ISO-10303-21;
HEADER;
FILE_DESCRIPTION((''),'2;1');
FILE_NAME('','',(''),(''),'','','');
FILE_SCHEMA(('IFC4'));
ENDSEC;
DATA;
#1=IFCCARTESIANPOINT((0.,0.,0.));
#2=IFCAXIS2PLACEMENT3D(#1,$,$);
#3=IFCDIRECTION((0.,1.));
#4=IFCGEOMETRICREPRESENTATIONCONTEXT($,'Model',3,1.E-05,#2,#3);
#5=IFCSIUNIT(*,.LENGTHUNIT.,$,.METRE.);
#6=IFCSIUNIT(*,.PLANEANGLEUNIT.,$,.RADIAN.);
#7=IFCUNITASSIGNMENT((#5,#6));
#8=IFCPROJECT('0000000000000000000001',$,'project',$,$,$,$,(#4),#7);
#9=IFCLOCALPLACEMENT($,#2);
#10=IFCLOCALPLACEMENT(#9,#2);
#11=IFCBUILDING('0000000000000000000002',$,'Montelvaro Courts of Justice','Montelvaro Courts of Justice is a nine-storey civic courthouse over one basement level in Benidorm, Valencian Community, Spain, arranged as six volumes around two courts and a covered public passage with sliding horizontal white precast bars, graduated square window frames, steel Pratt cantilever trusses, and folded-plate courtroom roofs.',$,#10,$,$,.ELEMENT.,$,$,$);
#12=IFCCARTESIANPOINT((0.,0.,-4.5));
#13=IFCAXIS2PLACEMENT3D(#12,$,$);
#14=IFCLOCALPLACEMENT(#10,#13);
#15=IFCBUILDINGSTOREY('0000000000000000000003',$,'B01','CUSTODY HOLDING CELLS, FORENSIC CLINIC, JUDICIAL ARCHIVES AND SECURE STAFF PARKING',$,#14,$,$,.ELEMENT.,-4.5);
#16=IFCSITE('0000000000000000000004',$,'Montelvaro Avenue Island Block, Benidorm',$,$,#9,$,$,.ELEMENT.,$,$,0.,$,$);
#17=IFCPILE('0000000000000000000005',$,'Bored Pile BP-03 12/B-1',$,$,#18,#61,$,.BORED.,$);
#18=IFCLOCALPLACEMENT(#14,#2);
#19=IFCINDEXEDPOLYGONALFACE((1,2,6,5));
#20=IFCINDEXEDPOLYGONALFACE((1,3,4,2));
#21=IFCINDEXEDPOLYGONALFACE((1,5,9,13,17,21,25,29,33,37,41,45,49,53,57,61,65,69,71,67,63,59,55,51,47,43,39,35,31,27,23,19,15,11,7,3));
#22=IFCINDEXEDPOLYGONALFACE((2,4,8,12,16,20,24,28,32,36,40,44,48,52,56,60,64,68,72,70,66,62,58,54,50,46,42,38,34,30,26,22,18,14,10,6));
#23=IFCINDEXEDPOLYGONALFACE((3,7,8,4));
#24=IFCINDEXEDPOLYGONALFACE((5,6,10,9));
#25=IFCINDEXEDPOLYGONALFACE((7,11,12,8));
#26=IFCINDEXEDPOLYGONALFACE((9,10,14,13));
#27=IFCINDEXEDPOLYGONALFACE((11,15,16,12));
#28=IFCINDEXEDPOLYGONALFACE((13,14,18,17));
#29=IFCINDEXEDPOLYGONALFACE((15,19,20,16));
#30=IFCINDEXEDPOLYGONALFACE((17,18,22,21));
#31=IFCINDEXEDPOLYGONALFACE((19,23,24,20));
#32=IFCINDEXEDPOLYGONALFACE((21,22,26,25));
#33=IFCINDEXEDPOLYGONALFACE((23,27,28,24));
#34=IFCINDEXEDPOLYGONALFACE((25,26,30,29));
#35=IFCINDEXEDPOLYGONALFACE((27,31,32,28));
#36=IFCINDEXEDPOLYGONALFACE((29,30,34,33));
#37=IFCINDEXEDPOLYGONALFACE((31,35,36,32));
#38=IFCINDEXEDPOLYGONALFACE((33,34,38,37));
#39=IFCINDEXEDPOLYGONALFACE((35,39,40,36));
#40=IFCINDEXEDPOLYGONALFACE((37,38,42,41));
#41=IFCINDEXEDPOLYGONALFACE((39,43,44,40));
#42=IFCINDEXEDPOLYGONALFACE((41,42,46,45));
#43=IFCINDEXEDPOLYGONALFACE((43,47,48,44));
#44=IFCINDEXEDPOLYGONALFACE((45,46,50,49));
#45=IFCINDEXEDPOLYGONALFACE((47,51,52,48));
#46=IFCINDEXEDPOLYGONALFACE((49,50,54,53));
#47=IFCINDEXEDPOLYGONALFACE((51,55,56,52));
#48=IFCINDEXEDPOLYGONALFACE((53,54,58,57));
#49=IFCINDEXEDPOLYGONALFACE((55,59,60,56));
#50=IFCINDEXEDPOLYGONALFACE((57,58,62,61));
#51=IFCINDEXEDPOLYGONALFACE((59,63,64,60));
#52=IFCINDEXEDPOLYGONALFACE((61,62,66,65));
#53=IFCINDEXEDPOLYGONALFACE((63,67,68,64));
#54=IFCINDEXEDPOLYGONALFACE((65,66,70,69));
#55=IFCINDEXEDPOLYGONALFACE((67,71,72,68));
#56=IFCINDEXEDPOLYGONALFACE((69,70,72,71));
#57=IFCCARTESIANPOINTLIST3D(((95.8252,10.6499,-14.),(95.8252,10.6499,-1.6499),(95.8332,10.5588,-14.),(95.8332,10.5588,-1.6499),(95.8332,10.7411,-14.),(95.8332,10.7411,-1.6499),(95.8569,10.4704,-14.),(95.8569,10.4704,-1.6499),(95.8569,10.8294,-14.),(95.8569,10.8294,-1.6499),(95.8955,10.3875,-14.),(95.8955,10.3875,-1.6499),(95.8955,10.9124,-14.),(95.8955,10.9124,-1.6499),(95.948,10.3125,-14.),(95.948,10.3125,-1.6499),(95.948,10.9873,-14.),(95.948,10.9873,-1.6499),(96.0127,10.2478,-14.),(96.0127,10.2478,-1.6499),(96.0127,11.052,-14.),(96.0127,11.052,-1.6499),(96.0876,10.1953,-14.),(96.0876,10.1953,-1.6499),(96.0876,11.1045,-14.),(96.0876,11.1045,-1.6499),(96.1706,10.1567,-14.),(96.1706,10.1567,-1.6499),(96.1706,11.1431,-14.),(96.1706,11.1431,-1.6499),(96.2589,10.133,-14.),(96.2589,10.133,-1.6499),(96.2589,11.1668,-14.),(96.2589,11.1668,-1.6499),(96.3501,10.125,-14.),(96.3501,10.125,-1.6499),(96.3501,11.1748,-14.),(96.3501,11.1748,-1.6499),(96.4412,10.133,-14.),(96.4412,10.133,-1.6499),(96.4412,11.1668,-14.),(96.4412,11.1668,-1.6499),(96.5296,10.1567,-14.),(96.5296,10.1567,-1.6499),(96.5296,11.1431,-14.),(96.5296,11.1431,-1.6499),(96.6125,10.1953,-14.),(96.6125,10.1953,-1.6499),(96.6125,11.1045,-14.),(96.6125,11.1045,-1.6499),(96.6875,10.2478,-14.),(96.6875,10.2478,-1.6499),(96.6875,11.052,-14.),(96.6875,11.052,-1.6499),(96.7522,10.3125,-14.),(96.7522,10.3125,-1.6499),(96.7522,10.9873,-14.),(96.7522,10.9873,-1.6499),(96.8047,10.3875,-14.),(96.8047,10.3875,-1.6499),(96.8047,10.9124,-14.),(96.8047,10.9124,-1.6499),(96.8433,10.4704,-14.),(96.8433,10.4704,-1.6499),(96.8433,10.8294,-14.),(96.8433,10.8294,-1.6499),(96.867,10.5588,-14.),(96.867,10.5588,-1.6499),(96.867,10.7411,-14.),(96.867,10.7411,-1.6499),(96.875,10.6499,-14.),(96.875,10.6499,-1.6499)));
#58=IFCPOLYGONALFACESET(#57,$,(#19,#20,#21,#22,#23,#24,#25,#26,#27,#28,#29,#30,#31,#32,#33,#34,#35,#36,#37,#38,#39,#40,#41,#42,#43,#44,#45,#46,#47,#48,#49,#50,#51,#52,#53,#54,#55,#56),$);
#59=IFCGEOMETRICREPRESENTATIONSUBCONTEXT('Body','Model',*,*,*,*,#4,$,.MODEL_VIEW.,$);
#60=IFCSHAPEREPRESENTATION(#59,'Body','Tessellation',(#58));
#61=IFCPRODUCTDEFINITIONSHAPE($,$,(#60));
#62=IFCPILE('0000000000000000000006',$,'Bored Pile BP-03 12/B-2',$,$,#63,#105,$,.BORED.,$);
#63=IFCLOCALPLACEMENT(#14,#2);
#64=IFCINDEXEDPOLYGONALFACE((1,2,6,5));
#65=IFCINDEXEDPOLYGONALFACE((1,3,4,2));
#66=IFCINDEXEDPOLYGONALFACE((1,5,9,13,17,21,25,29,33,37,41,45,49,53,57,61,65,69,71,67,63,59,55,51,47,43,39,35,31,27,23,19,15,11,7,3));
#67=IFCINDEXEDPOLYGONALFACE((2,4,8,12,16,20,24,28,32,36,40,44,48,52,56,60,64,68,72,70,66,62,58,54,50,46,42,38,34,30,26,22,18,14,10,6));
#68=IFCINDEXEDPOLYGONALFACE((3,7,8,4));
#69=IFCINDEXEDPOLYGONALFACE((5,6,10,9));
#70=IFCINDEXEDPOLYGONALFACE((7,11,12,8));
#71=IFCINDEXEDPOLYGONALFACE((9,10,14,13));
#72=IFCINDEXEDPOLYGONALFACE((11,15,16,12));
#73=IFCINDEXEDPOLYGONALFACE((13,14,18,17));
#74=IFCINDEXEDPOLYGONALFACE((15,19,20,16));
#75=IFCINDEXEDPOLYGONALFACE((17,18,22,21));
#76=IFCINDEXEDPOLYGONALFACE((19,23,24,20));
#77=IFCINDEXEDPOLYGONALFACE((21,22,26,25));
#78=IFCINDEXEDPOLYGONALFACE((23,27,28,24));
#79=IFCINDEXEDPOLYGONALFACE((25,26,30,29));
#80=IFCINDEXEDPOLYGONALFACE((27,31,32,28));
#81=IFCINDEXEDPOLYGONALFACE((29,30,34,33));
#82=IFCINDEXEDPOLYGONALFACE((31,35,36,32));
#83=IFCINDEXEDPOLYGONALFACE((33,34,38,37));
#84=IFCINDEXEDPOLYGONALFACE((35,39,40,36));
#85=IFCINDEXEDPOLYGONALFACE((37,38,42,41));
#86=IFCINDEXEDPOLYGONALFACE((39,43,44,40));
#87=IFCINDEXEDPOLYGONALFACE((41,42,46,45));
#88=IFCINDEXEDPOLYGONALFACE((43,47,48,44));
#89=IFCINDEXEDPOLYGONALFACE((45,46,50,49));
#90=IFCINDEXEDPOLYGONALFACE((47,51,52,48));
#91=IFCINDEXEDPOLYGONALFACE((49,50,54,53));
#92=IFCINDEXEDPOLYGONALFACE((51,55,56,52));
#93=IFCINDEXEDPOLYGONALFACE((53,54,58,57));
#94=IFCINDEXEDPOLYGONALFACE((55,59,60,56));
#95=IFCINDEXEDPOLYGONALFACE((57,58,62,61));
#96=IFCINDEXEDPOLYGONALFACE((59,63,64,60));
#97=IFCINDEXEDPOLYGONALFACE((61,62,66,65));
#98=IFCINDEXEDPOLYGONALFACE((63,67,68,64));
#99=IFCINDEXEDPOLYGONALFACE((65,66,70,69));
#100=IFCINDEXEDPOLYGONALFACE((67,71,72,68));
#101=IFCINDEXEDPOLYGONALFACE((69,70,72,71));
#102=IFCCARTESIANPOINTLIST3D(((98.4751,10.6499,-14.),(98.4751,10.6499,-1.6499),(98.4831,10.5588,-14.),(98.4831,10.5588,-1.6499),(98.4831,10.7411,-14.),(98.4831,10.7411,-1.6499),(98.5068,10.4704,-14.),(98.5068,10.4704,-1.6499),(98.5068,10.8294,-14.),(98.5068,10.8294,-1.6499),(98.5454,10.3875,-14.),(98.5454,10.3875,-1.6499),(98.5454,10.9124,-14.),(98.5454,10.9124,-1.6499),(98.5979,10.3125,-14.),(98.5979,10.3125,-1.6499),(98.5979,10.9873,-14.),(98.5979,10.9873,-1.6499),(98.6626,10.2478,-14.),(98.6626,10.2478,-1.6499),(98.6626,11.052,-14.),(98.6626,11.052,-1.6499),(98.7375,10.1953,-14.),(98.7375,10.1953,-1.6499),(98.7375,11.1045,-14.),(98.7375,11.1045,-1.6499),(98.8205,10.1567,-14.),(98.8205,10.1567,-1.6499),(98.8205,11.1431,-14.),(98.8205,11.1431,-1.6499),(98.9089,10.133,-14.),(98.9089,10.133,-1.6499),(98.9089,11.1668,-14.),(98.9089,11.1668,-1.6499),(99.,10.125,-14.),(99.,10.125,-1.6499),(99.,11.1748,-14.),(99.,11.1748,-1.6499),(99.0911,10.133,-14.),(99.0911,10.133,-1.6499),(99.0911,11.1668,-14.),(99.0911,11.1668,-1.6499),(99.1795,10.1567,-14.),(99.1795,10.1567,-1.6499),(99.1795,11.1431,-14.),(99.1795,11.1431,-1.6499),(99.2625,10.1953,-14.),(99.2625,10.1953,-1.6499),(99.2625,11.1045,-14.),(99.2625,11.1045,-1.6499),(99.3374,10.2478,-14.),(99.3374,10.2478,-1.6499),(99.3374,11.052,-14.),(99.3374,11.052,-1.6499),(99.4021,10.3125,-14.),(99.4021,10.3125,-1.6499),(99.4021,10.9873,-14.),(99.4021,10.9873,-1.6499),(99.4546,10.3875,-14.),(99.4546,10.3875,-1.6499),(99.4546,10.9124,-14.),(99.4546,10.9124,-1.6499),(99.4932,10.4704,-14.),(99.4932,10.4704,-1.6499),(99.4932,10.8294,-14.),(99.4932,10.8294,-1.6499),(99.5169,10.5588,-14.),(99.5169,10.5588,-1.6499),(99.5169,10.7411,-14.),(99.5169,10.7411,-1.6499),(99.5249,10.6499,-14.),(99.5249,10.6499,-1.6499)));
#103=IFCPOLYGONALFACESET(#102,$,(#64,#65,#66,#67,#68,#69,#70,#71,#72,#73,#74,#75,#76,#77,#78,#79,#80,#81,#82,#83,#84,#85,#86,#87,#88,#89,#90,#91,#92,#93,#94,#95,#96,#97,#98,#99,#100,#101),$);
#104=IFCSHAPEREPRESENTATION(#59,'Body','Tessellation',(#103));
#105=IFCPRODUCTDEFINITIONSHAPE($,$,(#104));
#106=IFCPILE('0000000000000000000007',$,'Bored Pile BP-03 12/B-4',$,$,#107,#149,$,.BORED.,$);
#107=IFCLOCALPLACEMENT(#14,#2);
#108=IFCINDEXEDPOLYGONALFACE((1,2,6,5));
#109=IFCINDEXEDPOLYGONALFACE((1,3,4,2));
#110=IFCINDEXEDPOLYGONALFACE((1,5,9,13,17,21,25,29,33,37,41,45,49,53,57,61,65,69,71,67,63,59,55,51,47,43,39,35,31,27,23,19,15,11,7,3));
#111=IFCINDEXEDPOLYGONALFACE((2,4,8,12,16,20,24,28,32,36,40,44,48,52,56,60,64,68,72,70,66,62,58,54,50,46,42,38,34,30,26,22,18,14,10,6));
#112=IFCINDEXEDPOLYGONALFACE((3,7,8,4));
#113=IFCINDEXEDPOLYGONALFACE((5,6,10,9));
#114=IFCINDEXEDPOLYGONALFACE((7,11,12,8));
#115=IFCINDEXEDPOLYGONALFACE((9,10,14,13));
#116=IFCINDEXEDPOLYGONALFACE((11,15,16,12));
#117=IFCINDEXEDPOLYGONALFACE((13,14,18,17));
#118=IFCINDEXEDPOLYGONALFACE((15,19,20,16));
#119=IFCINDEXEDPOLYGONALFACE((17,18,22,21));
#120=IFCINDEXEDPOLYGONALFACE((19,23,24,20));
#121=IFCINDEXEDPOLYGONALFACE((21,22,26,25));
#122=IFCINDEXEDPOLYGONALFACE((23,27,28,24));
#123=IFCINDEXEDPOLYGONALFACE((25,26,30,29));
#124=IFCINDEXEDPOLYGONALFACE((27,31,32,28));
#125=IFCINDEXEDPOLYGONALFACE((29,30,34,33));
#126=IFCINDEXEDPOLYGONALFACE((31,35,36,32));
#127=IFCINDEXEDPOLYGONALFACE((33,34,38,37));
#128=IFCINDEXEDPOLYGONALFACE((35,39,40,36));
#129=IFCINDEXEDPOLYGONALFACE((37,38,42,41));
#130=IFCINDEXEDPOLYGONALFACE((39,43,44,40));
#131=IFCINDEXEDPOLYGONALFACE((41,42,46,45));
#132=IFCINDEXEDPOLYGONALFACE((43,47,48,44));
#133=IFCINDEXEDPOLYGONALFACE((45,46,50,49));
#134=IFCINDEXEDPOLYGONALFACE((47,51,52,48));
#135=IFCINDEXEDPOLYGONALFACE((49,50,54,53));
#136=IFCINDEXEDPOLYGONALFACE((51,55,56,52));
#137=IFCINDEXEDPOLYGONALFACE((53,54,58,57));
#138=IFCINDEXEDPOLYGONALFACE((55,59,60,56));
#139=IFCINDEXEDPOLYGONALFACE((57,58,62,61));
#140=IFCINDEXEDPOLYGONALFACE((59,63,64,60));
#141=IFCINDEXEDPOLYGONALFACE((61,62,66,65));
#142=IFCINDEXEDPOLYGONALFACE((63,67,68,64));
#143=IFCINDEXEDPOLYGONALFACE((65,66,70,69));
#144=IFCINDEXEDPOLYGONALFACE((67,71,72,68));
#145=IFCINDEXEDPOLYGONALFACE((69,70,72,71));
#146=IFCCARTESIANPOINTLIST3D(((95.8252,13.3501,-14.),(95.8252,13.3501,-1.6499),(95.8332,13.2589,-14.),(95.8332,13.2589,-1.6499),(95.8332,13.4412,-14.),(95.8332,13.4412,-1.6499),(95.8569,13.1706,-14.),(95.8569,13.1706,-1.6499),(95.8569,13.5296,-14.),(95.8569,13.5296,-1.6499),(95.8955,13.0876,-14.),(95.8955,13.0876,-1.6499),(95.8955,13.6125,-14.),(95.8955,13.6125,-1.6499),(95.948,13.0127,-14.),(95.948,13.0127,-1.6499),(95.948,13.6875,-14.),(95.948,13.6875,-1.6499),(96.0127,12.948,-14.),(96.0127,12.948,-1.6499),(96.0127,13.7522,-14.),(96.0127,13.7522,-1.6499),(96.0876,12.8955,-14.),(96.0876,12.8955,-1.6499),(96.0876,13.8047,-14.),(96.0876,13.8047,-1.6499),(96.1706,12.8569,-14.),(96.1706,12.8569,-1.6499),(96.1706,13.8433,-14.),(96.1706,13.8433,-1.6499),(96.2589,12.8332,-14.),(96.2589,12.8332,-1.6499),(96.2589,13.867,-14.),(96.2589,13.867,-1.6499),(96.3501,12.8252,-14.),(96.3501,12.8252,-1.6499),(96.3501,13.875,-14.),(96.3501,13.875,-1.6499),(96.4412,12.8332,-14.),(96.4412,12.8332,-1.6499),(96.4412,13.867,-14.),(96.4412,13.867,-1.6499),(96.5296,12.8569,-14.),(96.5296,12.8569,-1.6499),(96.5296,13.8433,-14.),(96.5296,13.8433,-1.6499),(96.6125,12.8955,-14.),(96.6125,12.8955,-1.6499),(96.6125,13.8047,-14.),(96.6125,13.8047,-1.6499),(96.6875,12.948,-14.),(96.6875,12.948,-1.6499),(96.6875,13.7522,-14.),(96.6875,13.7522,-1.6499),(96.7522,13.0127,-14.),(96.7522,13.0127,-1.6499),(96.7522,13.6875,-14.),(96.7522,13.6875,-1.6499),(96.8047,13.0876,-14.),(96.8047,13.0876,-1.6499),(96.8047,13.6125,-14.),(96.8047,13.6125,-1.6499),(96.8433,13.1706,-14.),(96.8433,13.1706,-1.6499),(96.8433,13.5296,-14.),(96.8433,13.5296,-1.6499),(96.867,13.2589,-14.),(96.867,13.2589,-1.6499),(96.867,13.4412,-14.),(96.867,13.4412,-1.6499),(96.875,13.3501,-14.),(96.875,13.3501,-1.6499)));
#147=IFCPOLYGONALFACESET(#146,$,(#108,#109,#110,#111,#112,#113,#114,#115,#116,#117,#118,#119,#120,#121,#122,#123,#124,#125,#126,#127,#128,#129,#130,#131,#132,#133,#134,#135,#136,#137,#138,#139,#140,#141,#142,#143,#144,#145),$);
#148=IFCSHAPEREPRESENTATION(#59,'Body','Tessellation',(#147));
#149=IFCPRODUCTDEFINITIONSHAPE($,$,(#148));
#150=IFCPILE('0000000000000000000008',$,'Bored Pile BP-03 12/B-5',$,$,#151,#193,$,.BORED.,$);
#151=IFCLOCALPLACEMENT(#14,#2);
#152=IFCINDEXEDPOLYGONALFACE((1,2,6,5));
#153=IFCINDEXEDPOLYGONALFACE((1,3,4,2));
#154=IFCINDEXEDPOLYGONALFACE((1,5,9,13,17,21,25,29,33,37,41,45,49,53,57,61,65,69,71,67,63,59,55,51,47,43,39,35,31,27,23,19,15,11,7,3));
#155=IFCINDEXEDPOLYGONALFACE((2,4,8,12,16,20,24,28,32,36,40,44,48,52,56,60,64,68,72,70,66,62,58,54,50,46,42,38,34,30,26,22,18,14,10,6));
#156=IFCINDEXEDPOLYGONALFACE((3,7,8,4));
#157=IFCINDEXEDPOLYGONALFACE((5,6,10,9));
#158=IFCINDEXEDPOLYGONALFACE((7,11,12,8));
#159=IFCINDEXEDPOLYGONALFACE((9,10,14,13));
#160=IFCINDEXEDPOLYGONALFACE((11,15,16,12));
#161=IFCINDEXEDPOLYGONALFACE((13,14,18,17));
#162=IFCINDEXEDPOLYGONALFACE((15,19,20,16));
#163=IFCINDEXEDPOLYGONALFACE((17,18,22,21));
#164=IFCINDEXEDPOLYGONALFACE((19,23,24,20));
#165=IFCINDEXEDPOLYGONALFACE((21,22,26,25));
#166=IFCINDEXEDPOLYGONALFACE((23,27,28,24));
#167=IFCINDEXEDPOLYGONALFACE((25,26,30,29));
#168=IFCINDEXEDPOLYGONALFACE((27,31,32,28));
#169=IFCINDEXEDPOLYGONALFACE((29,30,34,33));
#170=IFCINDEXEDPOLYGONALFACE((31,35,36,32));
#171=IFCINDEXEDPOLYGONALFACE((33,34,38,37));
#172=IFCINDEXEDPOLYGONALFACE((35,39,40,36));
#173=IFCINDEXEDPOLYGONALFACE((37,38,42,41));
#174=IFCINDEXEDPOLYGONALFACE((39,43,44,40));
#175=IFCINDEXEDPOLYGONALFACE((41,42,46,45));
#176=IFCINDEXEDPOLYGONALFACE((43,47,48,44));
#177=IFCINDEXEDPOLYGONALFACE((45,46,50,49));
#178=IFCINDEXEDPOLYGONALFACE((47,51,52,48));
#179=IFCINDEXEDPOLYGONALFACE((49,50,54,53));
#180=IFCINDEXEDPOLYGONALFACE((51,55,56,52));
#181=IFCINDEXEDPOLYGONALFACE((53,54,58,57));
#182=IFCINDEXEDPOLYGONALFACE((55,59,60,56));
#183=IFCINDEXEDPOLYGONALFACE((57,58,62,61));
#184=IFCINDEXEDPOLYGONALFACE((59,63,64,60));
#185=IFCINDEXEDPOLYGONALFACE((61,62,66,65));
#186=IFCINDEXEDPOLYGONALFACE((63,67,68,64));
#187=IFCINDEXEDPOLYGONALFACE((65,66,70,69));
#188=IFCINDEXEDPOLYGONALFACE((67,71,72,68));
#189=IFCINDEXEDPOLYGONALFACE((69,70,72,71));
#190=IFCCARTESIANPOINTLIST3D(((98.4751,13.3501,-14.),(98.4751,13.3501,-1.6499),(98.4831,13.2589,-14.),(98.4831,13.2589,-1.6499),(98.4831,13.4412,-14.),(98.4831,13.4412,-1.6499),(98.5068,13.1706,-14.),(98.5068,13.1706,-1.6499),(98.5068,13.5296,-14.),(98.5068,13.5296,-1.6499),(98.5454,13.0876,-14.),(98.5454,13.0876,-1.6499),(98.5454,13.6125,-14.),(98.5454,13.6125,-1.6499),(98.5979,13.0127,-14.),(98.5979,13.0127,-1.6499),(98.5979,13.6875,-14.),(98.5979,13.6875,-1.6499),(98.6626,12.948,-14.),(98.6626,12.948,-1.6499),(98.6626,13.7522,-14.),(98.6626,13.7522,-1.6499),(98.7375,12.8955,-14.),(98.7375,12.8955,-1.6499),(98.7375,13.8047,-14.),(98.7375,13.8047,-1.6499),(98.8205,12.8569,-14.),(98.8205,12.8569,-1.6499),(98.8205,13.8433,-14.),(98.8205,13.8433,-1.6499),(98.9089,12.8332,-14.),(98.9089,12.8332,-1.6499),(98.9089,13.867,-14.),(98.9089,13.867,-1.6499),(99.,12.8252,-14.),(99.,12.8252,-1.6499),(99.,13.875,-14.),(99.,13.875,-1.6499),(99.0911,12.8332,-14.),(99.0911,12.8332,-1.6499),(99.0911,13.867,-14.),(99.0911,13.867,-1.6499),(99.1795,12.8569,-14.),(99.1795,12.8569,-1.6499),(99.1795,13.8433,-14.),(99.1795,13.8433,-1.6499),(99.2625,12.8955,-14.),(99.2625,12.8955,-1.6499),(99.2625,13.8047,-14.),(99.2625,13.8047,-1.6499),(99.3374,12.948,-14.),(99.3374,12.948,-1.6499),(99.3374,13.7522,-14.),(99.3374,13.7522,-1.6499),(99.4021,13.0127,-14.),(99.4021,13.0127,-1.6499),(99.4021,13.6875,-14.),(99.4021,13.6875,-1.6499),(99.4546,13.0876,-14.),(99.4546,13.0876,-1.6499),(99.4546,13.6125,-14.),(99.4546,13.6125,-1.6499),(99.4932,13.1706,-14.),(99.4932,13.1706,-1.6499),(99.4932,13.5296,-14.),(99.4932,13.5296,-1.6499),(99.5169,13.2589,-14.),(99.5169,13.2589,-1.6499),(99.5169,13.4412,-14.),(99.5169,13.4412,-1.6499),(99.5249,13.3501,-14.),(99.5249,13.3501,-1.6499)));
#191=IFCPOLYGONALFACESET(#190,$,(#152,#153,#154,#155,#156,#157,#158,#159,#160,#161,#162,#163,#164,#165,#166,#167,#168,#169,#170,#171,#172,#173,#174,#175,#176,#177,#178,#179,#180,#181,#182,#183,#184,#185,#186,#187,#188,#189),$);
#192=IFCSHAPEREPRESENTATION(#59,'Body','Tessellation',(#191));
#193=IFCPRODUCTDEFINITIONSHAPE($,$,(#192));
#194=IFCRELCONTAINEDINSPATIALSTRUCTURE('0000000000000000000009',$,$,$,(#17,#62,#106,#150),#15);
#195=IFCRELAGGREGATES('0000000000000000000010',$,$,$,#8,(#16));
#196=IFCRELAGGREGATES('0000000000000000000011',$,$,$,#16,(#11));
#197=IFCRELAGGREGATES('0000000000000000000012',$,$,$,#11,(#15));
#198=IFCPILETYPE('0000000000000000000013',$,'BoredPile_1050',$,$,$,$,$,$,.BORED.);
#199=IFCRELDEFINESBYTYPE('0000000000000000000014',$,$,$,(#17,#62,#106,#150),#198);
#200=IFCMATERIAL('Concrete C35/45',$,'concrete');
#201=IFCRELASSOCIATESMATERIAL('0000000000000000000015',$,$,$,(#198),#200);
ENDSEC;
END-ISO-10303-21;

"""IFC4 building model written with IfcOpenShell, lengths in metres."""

from ifc_helpers import new_model, si_unit, direction, frame, origin, origin_2d, place, context, subcontext, project, spatial, circle, extrude, material, material_profile, profile_set, type_object, element, save


model = new_model("IFC4")

# Units and contexts
model_context = context("Model", 3, precision=1e-05, world=origin(), true_north=direction((0.0, 1.0)))
body_context = subcontext(model_context, "Body", "Model", "MODEL_VIEW")
ifc_project = project(units=[si_unit("LENGTHUNIT", "METRE"), si_unit("PLANEANGLEUNIT", "RADIAN")], contexts=[model_context])

# Site, building, storey
site_placement = place(None, origin())
site = spatial("IfcSite", under=ifc_project, at=site_placement, Name="Montelvaro Avenue Island Block, Benidorm", CompositionType="ELEMENT", RefElevation=0.0)
building_placement = place(site_placement, origin())
building = spatial("IfcBuilding", under=site, at=building_placement, Name="Montelvaro Courts of Justice", Description="Montelvaro Courts of Justice is a nine-storey civic courthouse over one basement level in Benidorm, Valencian Community, Spain, arranged as six volumes around two courts and a covered public passage with sliding horizontal white precast bars, graduated square window frames, steel Pratt cantilever trusses, and folded-plate courtroom roofs.", CompositionType="ELEMENT")
storey_placement = place(building_placement, frame((0.0, 0.0, -4.5)))
storey = spatial("IfcBuildingStorey", under=building, at=storey_placement, Name="B01", Description="CUSTODY HOLDING CELLS, FORENSIC CLINIC, JUDICIAL ARCHIVES AND SECURE STAFF PARKING", CompositionType="ELEMENT", Elevation=-4.5)

# Piles
ifc_material_1 = material(Name="Concrete C35/45", Category="concrete")
ifc_material_profile_1 = material_profile(ifc_material_1, circle(Radius=0.5249, at=origin_2d()), Name="BORED PILE D1050")
ifc_profile_set_1 = profile_set([ifc_material_profile_1], Name="Concrete C35/45")
pile_type_1 = type_object("IfcPileType", Name="BoredPile_1050", PredefinedType="BORED", material=ifc_profile_set_1)
for number, where, z_axis, x_axis, name in (
    (1, (96.3501, 10.6499, -1.6499), (0.0, 0.0, -1.0), (1.0, 0.0, 0.0), "Bored Pile BP-03 12/B-1"),
    (2, (99.0, 10.6499, -1.6499), (0.0, 0.0, -1.0), (1.0, 0.0, 0.0), "Bored Pile BP-03 12/B-2"),
    (3, (96.3501, 13.3501, -1.6499), (0.0, 0.0, -1.0), (1.0, 0.0, 0.0), "Bored Pile BP-03 12/B-4"),
    (4, (99.0, 13.3501, -1.6499), (0.0, 0.0, -1.0), (1.0, 0.0, 0.0), "Bored Pile BP-03 12/B-5"),
):
    element("IfcPile", number, at=place(storey_placement, frame(where, z_axis=z_axis, x_axis=x_axis)), inside=storey, type_object=pile_type_1, Name=name, PredefinedType="BORED", context=body_context, shape_type="SweptSolid", body=[
        extrude(circle(Radius=0.5249, at=origin_2d()), origin(), (0.0, 0.0, 1.0), 12.3501),
    ])

save(model, "model.ifc")
